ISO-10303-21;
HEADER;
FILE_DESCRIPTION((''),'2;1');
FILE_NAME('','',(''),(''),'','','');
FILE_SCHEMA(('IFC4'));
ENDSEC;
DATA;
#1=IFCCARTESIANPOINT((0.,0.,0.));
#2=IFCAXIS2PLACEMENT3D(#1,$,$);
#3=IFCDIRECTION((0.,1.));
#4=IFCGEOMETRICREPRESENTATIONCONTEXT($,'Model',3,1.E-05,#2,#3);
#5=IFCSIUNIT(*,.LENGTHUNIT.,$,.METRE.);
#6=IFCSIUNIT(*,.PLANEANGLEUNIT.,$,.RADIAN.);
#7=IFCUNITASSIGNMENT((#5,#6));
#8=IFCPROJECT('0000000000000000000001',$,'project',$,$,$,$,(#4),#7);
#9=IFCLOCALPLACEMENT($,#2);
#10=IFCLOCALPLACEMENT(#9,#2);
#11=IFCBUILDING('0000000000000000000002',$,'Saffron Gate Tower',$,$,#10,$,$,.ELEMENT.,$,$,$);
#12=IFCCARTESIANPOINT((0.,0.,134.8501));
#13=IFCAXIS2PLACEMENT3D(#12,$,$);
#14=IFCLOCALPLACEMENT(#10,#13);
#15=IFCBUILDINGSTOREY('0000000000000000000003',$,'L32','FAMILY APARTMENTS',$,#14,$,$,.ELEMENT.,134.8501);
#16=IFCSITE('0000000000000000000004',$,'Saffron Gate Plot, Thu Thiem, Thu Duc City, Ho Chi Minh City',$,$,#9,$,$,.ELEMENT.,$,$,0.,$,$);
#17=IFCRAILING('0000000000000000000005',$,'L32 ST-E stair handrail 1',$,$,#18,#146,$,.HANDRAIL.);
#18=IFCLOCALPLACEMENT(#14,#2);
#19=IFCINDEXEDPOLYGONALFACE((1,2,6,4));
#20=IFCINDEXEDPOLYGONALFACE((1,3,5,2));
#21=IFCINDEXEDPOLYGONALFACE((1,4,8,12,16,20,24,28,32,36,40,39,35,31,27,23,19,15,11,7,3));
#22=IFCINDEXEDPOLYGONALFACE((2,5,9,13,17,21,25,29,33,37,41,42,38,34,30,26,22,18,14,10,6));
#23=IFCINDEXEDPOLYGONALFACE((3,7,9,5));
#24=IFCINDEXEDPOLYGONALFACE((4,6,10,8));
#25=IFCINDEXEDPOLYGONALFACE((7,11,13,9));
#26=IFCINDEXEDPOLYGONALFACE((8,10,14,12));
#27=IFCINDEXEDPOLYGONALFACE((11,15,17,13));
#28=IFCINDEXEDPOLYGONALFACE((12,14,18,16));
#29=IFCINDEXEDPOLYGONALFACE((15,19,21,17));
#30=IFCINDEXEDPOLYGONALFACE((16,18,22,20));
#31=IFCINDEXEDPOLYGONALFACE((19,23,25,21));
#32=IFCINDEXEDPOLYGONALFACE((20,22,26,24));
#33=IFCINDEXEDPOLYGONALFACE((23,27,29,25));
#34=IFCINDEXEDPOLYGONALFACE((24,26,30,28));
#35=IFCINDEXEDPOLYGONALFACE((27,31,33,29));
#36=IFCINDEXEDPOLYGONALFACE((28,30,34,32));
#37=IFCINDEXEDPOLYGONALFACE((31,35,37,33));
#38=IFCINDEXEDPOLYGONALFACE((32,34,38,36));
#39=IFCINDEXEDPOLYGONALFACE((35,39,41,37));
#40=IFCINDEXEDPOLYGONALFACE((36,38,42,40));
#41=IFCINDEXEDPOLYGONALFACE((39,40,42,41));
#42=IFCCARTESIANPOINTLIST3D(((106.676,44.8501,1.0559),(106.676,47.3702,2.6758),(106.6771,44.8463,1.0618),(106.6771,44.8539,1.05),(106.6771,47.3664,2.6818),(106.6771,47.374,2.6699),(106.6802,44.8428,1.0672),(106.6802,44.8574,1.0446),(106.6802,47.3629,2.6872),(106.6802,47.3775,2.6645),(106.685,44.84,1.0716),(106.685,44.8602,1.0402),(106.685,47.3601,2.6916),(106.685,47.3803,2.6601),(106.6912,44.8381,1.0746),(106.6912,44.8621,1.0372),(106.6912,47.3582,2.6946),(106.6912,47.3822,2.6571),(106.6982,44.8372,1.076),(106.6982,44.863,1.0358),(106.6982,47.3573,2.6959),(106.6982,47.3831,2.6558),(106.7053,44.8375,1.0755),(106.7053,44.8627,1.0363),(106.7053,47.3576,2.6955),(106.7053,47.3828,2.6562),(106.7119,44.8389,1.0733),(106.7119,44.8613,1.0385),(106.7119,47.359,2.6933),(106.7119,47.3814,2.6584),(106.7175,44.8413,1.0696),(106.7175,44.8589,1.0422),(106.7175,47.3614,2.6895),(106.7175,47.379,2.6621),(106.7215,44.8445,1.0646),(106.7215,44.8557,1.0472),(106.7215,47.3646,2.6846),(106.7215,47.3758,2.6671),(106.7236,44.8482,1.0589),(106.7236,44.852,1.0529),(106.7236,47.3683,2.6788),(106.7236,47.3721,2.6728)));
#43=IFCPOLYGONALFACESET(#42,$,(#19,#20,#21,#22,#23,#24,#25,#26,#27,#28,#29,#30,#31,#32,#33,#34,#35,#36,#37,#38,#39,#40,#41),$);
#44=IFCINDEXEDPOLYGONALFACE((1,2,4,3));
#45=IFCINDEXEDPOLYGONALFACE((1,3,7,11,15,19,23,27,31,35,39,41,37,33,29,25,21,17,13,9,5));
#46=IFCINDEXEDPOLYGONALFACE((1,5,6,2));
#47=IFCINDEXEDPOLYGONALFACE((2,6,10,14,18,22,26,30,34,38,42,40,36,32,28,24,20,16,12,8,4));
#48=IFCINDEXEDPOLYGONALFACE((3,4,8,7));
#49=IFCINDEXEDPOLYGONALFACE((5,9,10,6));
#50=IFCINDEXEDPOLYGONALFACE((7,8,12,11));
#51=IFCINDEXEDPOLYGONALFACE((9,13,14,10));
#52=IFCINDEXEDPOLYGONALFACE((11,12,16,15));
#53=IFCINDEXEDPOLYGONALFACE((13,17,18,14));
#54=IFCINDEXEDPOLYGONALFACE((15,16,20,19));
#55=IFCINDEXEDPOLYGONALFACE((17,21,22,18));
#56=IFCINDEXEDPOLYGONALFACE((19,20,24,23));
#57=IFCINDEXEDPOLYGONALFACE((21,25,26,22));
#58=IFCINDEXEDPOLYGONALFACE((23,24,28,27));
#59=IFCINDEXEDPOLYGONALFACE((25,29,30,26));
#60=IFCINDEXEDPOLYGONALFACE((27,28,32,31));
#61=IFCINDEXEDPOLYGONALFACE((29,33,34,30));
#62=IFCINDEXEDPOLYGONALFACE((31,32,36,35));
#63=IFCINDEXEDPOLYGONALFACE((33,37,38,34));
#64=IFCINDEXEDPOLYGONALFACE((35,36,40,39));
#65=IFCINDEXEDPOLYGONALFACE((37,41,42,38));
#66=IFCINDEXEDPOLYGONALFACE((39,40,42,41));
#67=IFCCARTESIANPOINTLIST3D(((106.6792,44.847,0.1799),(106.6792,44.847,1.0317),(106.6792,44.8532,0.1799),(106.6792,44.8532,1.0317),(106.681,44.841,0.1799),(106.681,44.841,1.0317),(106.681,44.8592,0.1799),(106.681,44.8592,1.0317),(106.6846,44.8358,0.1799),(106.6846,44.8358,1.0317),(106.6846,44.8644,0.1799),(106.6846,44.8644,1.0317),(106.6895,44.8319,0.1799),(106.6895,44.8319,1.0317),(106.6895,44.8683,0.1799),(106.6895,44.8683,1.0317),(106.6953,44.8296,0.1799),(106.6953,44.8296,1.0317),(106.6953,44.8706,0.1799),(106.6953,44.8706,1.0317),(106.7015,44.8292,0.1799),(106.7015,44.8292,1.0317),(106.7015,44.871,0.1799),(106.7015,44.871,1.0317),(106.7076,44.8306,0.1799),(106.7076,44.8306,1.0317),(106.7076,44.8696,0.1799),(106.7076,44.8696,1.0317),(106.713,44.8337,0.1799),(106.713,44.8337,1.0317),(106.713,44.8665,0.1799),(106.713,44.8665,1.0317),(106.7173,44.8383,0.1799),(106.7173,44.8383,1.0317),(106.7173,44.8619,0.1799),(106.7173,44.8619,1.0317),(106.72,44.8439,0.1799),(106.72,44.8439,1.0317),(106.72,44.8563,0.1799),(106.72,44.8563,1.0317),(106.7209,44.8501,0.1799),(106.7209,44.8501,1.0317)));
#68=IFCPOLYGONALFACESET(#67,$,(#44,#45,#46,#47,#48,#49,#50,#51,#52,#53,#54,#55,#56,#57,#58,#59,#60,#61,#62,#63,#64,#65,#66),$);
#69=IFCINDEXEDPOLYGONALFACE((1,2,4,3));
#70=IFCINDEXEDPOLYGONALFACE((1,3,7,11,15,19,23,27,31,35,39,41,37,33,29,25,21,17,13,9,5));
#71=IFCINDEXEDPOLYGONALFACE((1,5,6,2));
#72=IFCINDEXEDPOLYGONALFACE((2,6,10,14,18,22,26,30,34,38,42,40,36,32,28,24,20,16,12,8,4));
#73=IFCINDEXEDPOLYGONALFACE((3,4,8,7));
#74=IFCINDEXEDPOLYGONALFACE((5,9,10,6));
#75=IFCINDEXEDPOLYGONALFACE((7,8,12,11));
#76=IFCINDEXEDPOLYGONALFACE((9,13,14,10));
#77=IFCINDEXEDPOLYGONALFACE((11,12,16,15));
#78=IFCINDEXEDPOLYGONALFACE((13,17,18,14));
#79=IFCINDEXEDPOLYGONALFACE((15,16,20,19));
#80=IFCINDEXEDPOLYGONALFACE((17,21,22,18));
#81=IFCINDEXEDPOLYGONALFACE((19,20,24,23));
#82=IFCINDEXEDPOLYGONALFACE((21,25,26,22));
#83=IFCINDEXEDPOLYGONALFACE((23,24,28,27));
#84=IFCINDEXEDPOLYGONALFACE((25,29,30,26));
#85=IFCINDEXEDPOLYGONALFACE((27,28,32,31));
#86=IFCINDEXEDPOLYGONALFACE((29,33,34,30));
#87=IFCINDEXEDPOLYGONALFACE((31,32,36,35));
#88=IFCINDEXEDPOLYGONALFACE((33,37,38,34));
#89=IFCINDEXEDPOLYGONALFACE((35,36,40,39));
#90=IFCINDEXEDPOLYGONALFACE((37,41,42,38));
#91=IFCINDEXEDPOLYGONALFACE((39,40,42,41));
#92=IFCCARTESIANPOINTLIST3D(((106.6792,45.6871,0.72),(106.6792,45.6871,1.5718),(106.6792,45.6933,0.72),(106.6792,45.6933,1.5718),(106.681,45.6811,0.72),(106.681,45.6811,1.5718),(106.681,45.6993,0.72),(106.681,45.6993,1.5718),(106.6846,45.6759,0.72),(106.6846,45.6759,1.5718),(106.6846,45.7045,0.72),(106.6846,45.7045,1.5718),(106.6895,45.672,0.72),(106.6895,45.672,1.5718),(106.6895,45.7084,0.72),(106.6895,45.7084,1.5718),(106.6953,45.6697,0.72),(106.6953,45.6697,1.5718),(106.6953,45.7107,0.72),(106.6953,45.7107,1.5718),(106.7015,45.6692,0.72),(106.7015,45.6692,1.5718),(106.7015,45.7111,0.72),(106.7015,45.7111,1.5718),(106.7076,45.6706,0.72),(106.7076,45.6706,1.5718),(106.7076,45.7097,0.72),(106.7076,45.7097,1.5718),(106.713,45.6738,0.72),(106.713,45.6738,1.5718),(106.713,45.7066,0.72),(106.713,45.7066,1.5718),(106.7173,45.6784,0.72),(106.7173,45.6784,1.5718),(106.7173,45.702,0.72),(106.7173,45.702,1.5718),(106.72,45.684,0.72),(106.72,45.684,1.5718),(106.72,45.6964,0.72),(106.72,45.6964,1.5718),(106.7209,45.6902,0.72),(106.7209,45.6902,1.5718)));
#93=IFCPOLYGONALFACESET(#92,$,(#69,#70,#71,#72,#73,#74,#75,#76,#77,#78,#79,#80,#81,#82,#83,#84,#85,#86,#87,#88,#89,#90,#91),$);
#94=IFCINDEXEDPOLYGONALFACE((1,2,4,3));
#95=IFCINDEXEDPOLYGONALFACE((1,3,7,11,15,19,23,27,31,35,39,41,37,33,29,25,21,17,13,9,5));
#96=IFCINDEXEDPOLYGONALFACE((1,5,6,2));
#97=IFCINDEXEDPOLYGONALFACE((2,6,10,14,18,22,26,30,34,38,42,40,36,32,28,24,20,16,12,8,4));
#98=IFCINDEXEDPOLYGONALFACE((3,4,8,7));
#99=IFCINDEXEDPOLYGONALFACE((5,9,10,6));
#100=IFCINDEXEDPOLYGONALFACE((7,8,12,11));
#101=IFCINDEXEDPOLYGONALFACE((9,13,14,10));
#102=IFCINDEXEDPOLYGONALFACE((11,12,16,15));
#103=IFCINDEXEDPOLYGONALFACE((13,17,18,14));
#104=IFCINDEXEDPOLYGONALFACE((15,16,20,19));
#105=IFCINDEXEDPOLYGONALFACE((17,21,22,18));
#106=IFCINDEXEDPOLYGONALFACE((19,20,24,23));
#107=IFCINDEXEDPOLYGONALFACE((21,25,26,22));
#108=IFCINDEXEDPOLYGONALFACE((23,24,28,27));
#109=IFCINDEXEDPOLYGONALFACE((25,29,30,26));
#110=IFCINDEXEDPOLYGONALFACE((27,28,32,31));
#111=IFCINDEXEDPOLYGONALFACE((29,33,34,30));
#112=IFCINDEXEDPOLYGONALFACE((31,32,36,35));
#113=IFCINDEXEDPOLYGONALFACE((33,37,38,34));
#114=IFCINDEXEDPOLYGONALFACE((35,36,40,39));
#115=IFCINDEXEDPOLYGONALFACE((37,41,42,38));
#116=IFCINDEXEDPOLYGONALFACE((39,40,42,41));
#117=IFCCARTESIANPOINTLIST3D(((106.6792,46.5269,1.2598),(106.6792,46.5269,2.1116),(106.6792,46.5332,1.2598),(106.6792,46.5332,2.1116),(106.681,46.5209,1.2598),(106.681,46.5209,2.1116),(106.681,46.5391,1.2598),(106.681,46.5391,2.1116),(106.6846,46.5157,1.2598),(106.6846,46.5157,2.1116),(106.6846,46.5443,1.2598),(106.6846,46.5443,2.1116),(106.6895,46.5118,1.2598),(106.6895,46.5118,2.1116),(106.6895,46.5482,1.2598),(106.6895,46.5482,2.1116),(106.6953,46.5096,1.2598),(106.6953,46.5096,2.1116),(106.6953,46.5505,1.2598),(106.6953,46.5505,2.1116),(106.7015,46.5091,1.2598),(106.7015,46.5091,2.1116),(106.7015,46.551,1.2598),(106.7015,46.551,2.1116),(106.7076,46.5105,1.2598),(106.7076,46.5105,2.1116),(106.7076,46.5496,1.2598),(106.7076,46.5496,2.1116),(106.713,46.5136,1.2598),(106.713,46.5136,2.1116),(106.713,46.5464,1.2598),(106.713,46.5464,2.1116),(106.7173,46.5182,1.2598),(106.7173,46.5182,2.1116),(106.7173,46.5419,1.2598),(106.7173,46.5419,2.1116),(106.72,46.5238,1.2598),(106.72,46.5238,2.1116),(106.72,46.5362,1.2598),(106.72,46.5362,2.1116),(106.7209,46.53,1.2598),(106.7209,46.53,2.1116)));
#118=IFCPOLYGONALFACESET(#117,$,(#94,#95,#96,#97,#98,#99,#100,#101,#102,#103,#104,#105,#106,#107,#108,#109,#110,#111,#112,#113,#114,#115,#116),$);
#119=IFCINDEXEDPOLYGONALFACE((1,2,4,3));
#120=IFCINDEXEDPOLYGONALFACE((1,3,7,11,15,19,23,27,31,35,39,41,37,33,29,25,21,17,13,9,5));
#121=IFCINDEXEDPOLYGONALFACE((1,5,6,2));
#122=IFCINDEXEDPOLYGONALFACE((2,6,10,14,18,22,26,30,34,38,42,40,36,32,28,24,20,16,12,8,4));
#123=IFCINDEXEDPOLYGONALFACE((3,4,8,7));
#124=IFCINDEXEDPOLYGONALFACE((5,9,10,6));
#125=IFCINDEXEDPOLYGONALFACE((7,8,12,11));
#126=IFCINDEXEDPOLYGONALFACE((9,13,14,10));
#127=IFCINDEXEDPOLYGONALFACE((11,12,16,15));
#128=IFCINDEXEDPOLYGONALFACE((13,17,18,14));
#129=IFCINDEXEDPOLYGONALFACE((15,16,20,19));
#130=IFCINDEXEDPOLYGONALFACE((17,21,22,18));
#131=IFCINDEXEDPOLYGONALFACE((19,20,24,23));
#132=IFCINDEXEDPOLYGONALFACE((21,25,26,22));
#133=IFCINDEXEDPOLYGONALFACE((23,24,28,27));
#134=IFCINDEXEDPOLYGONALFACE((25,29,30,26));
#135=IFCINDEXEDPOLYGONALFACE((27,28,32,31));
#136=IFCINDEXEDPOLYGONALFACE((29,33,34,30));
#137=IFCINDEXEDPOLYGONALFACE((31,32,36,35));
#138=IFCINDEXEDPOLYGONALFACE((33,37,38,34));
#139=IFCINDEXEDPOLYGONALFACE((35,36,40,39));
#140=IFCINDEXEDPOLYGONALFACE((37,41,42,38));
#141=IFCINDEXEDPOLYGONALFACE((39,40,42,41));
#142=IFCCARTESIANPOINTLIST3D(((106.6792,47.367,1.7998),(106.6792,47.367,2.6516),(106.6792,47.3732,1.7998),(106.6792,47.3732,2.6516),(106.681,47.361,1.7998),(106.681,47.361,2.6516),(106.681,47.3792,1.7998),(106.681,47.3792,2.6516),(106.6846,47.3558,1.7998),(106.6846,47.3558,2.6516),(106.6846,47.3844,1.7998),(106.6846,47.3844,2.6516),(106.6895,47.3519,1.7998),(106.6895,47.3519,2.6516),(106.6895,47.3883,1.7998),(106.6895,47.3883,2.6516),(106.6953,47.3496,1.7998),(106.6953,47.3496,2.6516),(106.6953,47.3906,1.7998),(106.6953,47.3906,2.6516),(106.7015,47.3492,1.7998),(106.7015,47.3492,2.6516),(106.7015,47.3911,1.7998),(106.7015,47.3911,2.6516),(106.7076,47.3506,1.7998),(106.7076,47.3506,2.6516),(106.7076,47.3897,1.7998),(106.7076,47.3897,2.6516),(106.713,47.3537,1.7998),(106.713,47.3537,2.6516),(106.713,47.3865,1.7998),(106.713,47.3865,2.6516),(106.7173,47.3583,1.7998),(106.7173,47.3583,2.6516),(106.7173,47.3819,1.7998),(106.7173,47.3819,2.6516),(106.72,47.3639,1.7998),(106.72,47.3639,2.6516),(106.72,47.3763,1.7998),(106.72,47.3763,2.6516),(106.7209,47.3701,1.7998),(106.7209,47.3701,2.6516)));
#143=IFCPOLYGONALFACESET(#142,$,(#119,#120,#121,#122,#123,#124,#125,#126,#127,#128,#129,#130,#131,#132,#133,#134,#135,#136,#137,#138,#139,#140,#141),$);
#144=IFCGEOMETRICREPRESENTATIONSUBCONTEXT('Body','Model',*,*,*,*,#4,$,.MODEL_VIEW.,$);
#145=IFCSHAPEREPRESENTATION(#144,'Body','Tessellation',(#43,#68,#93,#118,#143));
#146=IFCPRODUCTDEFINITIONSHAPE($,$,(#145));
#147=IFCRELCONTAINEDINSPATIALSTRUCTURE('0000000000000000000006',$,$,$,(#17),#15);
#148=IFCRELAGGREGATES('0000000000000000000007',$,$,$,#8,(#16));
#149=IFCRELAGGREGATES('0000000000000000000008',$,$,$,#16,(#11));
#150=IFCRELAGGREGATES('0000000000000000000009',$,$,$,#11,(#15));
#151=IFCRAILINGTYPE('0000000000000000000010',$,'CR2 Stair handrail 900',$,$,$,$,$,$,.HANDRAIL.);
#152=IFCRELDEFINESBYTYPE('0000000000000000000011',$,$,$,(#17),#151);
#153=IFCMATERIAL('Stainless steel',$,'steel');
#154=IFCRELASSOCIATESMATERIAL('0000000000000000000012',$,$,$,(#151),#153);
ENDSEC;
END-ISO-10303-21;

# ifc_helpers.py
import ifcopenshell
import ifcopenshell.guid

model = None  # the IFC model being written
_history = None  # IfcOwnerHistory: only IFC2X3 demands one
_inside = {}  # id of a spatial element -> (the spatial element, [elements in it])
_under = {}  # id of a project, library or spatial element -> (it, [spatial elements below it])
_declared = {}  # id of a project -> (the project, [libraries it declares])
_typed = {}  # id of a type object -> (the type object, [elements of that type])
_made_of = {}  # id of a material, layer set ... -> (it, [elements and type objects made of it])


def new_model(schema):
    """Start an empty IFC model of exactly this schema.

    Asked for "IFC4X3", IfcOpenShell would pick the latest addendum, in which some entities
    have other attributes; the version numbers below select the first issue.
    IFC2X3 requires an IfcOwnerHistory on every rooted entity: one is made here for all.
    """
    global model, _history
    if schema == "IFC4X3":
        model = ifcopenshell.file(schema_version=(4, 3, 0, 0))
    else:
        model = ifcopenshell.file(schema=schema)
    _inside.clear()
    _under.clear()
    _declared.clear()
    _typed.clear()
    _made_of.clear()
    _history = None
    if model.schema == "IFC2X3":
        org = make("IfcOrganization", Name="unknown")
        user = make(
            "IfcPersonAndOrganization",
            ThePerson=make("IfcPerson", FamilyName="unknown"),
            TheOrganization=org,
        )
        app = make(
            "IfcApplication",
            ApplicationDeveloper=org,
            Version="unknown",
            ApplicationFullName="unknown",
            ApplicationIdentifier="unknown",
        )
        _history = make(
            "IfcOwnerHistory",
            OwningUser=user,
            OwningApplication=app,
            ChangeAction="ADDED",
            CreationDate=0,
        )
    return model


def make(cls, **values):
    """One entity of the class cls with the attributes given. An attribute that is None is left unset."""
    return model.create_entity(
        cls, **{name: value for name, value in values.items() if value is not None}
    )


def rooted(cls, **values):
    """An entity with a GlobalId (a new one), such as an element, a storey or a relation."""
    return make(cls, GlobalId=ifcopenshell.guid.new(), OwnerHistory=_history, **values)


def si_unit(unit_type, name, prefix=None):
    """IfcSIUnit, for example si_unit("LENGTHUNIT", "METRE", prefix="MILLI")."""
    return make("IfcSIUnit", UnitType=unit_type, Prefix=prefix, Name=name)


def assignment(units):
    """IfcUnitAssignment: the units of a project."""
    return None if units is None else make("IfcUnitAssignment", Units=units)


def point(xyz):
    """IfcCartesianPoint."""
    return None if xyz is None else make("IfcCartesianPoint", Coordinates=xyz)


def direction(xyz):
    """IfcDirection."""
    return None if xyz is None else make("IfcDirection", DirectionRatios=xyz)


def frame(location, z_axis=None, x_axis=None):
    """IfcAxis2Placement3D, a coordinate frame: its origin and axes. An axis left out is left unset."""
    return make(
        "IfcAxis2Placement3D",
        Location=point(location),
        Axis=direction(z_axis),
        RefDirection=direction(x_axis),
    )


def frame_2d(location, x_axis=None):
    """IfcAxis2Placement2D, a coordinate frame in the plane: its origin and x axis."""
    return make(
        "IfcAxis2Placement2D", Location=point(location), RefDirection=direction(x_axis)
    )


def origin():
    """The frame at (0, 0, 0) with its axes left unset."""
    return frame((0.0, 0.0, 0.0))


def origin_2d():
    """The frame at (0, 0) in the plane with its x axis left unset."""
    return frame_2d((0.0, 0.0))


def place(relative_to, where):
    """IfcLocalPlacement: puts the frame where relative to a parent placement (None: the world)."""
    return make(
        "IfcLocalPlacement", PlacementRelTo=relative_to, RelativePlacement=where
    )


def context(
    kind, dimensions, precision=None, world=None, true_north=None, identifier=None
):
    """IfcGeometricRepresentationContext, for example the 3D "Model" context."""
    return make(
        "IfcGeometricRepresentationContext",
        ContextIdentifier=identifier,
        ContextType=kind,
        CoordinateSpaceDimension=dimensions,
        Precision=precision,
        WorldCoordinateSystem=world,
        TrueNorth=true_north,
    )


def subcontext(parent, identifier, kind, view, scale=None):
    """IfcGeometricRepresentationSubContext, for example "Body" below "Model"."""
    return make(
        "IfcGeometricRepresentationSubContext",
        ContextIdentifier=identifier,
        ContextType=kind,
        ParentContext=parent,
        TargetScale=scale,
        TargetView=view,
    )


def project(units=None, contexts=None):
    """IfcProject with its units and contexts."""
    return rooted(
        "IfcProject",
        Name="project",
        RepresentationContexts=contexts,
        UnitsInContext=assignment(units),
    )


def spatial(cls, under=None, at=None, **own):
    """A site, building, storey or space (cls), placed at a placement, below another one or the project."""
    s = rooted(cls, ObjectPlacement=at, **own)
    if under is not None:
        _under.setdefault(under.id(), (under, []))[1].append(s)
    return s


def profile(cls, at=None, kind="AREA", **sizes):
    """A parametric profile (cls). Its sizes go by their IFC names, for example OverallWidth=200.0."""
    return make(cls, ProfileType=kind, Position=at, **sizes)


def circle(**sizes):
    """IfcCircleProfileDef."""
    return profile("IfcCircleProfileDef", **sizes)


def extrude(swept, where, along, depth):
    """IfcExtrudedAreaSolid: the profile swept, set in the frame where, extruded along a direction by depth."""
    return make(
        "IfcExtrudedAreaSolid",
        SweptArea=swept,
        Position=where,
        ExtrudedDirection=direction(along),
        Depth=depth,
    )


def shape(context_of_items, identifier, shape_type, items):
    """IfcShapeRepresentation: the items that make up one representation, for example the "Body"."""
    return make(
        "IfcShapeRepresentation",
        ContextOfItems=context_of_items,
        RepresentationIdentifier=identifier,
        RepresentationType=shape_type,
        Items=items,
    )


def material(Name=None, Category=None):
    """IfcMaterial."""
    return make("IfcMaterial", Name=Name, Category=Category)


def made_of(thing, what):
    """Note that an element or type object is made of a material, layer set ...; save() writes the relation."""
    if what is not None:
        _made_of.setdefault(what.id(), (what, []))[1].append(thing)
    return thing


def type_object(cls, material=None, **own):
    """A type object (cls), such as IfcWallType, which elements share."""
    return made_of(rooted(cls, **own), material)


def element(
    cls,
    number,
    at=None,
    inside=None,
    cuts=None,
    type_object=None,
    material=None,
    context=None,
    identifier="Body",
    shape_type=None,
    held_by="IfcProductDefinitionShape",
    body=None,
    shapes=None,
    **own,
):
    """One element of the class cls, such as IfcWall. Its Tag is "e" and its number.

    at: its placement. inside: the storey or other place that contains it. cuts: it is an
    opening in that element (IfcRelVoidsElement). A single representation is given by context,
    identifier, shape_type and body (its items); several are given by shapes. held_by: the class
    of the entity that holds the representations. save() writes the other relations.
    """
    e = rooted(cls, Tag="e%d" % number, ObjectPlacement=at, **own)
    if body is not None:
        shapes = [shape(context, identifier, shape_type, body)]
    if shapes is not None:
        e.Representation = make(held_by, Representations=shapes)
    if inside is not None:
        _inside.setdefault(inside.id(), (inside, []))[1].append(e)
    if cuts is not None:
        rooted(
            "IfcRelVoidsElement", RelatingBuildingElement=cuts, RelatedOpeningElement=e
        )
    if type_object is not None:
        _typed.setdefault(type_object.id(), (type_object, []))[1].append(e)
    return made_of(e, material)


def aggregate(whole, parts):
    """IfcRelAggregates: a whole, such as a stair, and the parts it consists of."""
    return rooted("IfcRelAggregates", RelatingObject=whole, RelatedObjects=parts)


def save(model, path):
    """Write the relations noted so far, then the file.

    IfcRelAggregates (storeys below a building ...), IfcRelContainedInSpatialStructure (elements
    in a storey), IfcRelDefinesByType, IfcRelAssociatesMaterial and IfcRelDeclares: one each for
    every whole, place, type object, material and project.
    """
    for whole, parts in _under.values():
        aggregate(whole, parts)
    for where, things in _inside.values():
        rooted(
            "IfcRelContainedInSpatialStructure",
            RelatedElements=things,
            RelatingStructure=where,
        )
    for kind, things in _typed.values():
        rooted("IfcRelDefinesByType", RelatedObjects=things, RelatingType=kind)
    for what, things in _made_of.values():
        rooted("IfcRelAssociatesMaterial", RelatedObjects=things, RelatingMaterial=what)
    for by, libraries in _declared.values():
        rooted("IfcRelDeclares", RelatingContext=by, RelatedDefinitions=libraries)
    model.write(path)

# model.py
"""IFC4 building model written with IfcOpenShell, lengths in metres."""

from ifc_helpers import new_model, si_unit, direction, frame, origin, origin_2d, place, context, subcontext, project, spatial, circle, extrude, material, type_object, element, save


model = new_model("IFC4")

# Units and contexts
model_context = context("Model", 3, precision=1e-05, world=origin(), true_north=direction((0.0, 1.0)))
body_context = subcontext(model_context, "Body", "Model", "MODEL_VIEW")
ifc_project = project(units=[si_unit("LENGTHUNIT", "METRE"), si_unit("PLANEANGLEUNIT", "RADIAN")], contexts=[model_context])

# Site, building, storey
site_placement = place(None, origin())
site = spatial("IfcSite", under=ifc_project, at=site_placement, Name="Saffron Gate Plot, Thu Thiem, Thu Duc City, Ho Chi Minh City", CompositionType="ELEMENT", RefElevation=0.0)
building_placement = place(site_placement, origin())
building = spatial("IfcBuilding", under=site, at=building_placement, Name="Saffron Gate Tower", CompositionType="ELEMENT")
storey_placement = place(building_placement, frame((0.0, 0.0, 134.8501)))
storey = spatial("IfcBuildingStorey", under=building, at=storey_placement, Name="L32", Description="FAMILY APARTMENTS", CompositionType="ELEMENT", Elevation=134.8501)

# Railing
ifc_material_1 = material(Name="Stainless steel", Category="steel")
railing_type_1 = type_object("IfcRailingType", Name="CR2 Stair handrail 900", PredefinedType="HANDRAIL", material=ifc_material_1)
railing_1_placement = place(storey_placement, frame((106.7, 44.8501, 0.1799)))
element("IfcRailing", 1, at=railing_1_placement, inside=storey, type_object=railing_type_1, Name="L32 ST-E stair handrail 1", PredefinedType="HANDRAIL", context=body_context, shape_type="SweptSolid", body=[
    extrude(circle(Radius=0.0239, at=origin_2d()), frame((0.0, 0.0, 0.876), z_axis=(0.0, 0.8412, 0.540725), x_axis=(-1.0, 0.0, 0.0)), (0.0, 0.0, 1.0), 2.9958),
    extrude(circle(Radius=0.021, at=origin_2d()), origin(), (0.0, 0.0, 1.0), 0.8518),
    extrude(circle(Radius=0.021, at=origin_2d()), frame((0.0, 0.8401, 0.54)), (0.0, 0.0, 1.0), 0.8518),
    extrude(circle(Radius=0.021, at=origin_2d()), frame((0.0, 1.6799, 1.0798)), (0.0, 0.0, 1.0), 0.8518),
    extrude(circle(Radius=0.021, at=origin_2d()), frame((0.0, 2.52, 1.6199)), (0.0, 0.0, 1.0), 0.8518),
])

save(model, "model.ifc")
